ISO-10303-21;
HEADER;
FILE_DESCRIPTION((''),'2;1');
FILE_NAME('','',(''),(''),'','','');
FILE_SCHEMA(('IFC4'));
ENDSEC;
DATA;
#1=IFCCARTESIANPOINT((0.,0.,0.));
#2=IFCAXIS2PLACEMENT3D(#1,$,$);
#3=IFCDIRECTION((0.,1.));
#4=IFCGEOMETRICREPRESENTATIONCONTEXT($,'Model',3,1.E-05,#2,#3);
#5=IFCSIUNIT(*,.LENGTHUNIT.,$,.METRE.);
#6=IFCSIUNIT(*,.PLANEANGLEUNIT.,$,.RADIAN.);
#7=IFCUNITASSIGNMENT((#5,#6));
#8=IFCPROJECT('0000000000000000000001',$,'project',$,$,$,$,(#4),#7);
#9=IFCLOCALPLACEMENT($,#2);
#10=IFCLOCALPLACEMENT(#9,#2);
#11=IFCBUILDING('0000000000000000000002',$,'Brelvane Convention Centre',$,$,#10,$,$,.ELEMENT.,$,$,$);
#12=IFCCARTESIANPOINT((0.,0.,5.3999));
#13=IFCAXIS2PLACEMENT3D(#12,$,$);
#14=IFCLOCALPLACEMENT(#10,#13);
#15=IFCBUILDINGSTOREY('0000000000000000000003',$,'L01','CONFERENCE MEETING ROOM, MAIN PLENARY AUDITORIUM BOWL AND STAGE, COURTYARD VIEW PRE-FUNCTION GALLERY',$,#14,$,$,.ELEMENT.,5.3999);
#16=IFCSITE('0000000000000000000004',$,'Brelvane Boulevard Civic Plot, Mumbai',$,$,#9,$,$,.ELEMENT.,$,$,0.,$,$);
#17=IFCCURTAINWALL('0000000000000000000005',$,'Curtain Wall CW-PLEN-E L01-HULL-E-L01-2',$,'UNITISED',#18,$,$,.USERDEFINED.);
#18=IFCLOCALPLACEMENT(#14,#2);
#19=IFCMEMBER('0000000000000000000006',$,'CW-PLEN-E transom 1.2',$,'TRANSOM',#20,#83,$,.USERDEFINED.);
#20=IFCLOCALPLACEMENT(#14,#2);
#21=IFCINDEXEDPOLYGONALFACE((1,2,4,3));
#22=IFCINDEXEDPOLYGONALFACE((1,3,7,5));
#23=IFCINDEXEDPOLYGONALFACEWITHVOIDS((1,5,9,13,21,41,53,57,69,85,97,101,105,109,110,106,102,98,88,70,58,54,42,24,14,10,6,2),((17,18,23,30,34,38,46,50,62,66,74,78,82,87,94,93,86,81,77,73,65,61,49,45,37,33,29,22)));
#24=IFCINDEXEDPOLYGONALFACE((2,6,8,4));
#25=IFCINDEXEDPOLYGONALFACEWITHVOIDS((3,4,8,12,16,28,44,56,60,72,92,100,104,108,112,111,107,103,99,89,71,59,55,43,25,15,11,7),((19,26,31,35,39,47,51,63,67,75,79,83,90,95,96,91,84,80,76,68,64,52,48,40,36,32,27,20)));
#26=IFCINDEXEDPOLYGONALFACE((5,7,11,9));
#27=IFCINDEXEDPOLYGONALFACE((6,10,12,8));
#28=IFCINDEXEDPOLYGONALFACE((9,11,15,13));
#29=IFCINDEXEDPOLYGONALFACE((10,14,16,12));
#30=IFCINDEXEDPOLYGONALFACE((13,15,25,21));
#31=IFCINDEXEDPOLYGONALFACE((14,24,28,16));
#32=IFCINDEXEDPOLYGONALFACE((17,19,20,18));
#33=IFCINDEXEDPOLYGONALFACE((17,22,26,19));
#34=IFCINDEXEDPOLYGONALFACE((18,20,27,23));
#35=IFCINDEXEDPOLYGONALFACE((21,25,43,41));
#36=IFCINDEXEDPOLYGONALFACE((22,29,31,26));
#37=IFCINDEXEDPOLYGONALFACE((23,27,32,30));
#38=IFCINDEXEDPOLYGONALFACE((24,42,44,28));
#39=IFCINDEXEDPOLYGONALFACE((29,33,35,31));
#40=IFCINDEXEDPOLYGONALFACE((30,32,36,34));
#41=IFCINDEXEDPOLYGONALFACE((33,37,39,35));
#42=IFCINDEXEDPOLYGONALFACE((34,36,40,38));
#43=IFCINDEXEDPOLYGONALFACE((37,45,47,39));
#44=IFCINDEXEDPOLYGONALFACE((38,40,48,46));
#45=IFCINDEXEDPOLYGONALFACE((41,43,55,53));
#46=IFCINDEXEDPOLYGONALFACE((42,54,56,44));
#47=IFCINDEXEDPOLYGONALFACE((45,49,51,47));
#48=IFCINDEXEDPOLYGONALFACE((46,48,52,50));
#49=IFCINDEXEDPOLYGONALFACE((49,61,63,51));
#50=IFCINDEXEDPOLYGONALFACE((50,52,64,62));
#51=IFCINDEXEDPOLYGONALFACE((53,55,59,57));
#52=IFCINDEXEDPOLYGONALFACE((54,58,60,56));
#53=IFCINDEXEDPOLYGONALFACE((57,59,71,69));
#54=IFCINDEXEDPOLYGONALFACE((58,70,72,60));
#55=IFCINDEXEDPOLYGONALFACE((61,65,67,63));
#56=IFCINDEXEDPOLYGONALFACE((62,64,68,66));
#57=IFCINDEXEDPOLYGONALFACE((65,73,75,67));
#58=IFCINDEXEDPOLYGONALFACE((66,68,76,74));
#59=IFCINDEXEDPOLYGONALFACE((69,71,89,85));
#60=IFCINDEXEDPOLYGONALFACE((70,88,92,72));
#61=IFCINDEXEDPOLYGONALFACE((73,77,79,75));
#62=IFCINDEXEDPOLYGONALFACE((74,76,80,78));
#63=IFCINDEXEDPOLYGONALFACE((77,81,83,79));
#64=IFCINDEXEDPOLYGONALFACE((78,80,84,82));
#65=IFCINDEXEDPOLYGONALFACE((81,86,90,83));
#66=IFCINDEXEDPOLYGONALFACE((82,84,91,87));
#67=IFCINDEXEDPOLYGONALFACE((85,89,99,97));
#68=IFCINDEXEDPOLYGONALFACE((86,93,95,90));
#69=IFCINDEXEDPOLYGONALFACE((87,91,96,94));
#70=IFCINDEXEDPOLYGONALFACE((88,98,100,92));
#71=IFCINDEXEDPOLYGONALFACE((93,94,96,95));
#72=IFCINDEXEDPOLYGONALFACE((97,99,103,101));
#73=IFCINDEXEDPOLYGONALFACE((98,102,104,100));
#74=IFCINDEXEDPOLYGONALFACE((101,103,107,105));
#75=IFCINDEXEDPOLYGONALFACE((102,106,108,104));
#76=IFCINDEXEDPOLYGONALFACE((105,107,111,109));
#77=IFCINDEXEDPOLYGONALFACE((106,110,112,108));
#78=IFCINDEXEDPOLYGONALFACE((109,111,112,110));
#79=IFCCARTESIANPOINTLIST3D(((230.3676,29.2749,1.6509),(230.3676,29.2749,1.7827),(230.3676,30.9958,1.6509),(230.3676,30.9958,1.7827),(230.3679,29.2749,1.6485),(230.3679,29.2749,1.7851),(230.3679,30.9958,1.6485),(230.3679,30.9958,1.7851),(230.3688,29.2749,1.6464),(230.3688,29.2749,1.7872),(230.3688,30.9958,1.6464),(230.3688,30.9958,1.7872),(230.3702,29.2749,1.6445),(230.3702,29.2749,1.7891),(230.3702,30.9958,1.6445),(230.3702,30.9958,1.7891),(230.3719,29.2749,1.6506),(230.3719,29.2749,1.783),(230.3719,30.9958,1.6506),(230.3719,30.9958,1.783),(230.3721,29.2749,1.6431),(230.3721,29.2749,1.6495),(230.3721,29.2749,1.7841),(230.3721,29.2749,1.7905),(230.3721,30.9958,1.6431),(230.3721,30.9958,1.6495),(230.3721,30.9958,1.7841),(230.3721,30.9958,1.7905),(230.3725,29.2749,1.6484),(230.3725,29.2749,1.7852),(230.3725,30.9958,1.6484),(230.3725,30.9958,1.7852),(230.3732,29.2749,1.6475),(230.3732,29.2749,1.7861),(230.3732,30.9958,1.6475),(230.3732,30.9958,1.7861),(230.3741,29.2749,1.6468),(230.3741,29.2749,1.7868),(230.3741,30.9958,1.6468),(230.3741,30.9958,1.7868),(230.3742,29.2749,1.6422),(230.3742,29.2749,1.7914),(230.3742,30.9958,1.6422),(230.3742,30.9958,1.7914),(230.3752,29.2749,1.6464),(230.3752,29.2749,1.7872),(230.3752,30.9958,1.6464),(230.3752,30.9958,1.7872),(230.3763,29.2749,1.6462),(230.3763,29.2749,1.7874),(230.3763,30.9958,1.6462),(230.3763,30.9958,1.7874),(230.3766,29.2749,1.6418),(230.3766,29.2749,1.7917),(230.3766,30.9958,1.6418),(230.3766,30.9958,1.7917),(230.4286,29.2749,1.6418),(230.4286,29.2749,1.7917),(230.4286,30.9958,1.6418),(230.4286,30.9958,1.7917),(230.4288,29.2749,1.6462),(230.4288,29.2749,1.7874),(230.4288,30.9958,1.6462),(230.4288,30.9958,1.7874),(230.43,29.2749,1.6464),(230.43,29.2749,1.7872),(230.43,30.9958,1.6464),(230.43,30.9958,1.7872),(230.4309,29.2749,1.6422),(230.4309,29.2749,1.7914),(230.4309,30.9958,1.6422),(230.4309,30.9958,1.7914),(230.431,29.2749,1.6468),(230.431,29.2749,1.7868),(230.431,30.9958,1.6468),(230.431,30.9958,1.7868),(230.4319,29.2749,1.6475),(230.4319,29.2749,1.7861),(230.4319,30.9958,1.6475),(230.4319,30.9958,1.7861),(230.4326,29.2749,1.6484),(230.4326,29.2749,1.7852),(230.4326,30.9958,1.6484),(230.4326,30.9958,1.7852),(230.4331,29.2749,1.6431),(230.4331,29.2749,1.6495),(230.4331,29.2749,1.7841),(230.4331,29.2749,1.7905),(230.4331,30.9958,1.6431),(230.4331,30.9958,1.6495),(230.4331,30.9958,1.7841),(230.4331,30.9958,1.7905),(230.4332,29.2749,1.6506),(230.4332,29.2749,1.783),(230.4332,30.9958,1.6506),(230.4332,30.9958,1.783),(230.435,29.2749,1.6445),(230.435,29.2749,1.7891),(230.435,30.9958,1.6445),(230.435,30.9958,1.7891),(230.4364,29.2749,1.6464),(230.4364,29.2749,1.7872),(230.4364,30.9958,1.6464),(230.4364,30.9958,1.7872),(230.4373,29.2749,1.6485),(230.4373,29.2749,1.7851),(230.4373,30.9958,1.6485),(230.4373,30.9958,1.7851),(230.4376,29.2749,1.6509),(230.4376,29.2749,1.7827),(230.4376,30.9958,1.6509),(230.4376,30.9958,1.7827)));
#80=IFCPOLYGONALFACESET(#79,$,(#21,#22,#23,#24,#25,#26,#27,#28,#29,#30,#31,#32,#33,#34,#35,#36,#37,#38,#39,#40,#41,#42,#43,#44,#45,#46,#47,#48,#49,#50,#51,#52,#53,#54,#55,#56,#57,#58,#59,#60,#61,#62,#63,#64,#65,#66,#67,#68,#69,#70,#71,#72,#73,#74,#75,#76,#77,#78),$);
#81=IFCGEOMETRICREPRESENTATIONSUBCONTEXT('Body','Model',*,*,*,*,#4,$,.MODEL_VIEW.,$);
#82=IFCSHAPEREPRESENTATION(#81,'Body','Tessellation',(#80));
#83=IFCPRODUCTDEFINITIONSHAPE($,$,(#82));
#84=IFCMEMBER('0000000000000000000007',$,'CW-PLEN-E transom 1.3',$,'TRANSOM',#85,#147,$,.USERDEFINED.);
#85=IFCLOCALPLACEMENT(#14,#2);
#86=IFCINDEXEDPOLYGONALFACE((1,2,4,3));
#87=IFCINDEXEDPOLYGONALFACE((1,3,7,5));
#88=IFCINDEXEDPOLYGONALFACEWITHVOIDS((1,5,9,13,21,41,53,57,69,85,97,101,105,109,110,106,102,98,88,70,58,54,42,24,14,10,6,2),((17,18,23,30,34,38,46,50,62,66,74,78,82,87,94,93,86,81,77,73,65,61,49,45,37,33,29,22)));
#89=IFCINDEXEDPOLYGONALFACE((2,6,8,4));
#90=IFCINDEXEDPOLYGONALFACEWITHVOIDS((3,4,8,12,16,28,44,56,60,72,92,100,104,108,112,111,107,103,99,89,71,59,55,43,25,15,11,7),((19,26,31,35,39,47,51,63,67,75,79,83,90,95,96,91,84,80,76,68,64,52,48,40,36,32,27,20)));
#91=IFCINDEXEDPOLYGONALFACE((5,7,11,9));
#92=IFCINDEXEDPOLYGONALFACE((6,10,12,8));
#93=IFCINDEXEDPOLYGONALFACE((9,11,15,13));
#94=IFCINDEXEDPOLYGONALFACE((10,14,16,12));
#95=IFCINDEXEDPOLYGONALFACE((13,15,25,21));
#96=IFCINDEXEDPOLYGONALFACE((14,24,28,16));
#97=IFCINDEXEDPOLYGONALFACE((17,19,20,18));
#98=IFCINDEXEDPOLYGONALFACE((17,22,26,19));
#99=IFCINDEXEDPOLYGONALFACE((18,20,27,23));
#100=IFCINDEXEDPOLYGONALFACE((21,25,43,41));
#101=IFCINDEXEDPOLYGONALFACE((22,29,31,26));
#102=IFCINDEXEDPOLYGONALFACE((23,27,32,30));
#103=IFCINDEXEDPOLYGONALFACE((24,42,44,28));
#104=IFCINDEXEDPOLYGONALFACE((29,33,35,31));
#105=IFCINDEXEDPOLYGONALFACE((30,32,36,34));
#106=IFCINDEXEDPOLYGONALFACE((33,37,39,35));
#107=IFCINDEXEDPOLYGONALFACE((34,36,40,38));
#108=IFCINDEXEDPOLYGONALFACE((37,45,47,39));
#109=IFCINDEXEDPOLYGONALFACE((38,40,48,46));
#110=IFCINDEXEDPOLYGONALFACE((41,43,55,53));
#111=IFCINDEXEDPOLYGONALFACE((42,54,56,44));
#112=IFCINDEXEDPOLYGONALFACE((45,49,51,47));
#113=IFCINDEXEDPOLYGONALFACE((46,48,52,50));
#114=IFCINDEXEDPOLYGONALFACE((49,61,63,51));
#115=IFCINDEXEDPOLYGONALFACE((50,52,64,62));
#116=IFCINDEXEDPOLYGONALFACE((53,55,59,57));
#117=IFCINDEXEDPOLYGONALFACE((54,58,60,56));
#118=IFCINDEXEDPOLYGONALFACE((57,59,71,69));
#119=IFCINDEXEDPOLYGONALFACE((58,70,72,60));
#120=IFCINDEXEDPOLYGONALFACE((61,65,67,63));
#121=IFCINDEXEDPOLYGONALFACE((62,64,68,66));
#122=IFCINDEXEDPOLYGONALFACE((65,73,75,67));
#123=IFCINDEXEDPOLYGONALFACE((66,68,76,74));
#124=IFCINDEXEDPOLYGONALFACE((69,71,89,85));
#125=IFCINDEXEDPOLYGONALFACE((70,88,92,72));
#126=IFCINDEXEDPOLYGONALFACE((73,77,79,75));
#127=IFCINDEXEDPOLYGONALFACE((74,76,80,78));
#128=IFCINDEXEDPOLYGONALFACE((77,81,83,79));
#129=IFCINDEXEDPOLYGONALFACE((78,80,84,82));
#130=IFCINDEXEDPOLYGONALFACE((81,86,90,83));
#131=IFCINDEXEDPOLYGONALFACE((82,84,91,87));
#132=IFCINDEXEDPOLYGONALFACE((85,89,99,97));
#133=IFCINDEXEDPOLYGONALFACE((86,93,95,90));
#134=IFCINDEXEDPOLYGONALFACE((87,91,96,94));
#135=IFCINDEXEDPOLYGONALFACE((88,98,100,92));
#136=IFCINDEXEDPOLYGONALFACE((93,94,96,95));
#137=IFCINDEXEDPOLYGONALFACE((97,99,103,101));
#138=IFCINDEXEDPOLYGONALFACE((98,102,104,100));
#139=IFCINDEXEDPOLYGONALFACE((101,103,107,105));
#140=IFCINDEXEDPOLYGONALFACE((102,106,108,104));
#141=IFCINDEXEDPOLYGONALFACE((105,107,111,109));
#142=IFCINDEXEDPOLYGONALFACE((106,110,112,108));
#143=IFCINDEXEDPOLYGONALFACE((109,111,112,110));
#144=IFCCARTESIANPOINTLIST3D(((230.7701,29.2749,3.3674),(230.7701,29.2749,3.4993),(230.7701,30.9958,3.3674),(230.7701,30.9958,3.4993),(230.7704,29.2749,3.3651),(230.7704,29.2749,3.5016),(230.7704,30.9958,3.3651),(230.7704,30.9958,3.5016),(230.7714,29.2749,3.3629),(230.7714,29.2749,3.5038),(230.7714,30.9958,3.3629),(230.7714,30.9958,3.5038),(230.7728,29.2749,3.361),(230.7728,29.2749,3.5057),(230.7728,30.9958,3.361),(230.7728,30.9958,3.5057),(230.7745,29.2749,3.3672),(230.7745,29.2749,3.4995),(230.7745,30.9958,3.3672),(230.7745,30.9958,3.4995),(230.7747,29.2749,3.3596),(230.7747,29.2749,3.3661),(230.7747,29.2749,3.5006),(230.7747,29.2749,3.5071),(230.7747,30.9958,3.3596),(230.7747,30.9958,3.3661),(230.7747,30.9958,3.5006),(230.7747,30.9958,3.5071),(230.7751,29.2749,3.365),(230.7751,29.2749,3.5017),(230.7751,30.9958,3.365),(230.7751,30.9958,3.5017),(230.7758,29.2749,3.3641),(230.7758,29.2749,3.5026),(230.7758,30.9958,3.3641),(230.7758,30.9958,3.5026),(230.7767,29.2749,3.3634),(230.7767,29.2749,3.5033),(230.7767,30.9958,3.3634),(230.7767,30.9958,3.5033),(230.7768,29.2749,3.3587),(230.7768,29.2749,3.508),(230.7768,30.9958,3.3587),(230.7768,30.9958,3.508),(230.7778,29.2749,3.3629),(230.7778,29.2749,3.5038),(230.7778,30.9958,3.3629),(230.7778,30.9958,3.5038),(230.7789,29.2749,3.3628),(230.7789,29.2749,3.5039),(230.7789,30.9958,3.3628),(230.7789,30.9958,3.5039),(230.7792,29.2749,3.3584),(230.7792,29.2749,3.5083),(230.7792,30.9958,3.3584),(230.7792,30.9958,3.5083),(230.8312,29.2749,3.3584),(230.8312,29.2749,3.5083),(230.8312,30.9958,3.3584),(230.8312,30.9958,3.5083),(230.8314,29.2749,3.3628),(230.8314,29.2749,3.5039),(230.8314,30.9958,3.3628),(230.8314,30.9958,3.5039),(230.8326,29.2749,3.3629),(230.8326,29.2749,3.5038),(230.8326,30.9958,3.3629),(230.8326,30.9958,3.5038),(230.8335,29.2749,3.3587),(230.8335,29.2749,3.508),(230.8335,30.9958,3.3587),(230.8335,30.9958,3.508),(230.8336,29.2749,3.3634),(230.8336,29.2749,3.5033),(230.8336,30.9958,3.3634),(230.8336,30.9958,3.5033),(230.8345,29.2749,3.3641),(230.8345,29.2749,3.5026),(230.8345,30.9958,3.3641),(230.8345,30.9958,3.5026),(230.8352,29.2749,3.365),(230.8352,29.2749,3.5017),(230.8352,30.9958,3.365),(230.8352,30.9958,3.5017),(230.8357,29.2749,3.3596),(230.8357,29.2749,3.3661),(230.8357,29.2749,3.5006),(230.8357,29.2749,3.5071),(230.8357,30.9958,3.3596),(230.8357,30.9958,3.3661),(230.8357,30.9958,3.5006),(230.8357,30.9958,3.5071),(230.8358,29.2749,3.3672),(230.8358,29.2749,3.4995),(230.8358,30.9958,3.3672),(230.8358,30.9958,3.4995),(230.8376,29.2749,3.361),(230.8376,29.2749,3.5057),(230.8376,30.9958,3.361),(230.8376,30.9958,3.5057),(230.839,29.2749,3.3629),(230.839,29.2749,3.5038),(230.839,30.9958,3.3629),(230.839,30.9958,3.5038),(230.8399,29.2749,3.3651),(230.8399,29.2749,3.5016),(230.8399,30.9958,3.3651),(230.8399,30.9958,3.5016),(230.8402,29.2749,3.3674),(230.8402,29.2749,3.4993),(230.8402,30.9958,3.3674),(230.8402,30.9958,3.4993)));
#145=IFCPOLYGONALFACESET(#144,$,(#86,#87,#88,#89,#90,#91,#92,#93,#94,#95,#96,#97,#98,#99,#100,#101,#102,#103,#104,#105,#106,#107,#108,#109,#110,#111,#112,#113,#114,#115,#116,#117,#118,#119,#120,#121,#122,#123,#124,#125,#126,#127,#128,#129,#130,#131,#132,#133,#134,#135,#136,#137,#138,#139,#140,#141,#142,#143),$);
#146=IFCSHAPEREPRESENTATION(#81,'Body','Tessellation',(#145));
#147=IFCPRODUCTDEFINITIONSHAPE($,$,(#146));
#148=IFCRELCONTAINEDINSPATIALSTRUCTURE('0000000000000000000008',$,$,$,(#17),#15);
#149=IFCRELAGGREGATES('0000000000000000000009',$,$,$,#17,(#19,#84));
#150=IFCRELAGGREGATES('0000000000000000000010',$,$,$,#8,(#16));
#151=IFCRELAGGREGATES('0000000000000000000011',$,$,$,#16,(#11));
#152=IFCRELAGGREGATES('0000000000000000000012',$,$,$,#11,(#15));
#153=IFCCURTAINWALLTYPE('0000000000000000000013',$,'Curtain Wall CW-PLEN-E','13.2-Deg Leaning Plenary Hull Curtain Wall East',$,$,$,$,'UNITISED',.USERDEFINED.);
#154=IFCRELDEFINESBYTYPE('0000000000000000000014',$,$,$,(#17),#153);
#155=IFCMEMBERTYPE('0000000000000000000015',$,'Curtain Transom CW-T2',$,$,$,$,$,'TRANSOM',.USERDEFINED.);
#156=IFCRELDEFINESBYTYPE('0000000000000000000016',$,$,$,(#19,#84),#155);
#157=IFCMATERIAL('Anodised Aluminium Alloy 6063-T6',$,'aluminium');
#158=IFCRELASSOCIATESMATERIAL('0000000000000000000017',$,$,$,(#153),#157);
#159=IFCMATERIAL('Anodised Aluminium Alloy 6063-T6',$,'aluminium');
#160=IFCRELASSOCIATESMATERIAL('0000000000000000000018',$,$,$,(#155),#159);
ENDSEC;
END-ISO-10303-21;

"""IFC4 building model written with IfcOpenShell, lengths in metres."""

from ifc_helpers import new_model, si_unit, direction, frame, origin, origin_2d, place, context, subcontext, project, spatial, hollow_rectangle, extrude, material, material_profile, profile_set, type_object, element, aggregate, save


model = new_model("IFC4")

# Units and contexts
model_context = context("Model", 3, precision=1e-05, world=origin(), true_north=direction((0.0, 1.0)))
body_context = subcontext(model_context, "Body", "Model", "MODEL_VIEW")
ifc_project = project(units=[si_unit("LENGTHUNIT", "METRE"), si_unit("PLANEANGLEUNIT", "RADIAN")], contexts=[model_context])

# Site, building, storey
site_placement = place(None, origin())
site = spatial("IfcSite", under=ifc_project, at=site_placement, Name="Brelvane Boulevard Civic Plot, Mumbai", CompositionType="ELEMENT", RefElevation=0.0)
building_placement = place(site_placement, origin())
building = spatial("IfcBuilding", under=site, at=building_placement, Name="Brelvane Convention Centre", CompositionType="ELEMENT")
storey_placement = place(building_placement, frame((0.0, 0.0, 5.3999)))
storey = spatial("IfcBuildingStorey", under=building, at=storey_placement, Name="L01", Description="CONFERENCE MEETING ROOM, MAIN PLENARY AUDITORIUM BOWL AND STAGE, COURTYARD VIEW PRE-FUNCTION GALLERY", CompositionType="ELEMENT", Elevation=5.3999)

# Curtain wall, members
ifc_material_1 = material(Name="Anodised Aluminium Alloy 6063-T6", Category="aluminium")
curtain_wall_type = type_object("IfcCurtainWallType", Name="Curtain Wall CW-PLEN-E", Description="13.2-Deg Leaning Plenary Hull Curtain Wall East", ElementType="UNITISED", PredefinedType="USERDEFINED", material=ifc_material_1)
curtain_wall_placement = place(storey_placement, origin())
curtain_wall = element("IfcCurtainWall", 1, at=curtain_wall_placement, inside=storey, type_object=curtain_wall_type, Name="Curtain Wall CW-PLEN-E L01-HULL-E-L01-2", ObjectType="UNITISED", PredefinedType="USERDEFINED")
ifc_material_2 = material(Name="Anodised Aluminium Alloy 6063-T6", Category="aluminium")
ifc_material_profile = material_profile(ifc_material_2, hollow_rectangle(XDim=0.0701, YDim=0.1499, WallThickness=0.0044, InnerFilletRadius=0.0044, OuterFilletRadius=0.009, at=origin_2d()), Name="ALU-T 150x70x4.5")
ifc_profile_set = profile_set([ifc_material_profile], Name="Anodised Aluminium Alloy 6063-T6")
member_type = type_object("IfcMemberType", Name="Curtain Transom CW-T2", ElementType="TRANSOM", PredefinedType="USERDEFINED", material=ifc_profile_set)
member_1_placement = place(storey_placement, frame((230.4026, 29.2749, 1.7168), z_axis=(0.0, 1.0, 0.0), x_axis=(-1.0, 0.0, 0.0)))
member_1 = element("IfcMember", 2, at=member_1_placement, type_object=member_type, Name="CW-PLEN-E transom 1.2", ObjectType="TRANSOM", PredefinedType="USERDEFINED", context=body_context, shape_type="SweptSolid", body=[
    extrude(hollow_rectangle(XDim=0.0701, YDim=0.1499, WallThickness=0.0044, InnerFilletRadius=0.0044, OuterFilletRadius=0.009, at=origin_2d()), origin(), (0.0, 0.0, 1.0), 1.7209),
])
member_2_placement = place(storey_placement, frame((230.8052, 29.2749, 3.4333), z_axis=(0.0, 1.0, 0.0), x_axis=(-1.0, 0.0, 0.0)))
member_2 = element("IfcMember", 3, at=member_2_placement, type_object=member_type, Name="CW-PLEN-E transom 1.3", ObjectType="TRANSOM", PredefinedType="USERDEFINED", context=body_context, shape_type="SweptSolid", body=[
    extrude(hollow_rectangle(XDim=0.0701, YDim=0.1499, WallThickness=0.0044, InnerFilletRadius=0.0044, OuterFilletRadius=0.009, at=origin_2d()), origin(), (0.0, 0.0, 1.0), 1.7209),
])
aggregate(curtain_wall, [member_1, member_2])

save(model, "model.ifc")
